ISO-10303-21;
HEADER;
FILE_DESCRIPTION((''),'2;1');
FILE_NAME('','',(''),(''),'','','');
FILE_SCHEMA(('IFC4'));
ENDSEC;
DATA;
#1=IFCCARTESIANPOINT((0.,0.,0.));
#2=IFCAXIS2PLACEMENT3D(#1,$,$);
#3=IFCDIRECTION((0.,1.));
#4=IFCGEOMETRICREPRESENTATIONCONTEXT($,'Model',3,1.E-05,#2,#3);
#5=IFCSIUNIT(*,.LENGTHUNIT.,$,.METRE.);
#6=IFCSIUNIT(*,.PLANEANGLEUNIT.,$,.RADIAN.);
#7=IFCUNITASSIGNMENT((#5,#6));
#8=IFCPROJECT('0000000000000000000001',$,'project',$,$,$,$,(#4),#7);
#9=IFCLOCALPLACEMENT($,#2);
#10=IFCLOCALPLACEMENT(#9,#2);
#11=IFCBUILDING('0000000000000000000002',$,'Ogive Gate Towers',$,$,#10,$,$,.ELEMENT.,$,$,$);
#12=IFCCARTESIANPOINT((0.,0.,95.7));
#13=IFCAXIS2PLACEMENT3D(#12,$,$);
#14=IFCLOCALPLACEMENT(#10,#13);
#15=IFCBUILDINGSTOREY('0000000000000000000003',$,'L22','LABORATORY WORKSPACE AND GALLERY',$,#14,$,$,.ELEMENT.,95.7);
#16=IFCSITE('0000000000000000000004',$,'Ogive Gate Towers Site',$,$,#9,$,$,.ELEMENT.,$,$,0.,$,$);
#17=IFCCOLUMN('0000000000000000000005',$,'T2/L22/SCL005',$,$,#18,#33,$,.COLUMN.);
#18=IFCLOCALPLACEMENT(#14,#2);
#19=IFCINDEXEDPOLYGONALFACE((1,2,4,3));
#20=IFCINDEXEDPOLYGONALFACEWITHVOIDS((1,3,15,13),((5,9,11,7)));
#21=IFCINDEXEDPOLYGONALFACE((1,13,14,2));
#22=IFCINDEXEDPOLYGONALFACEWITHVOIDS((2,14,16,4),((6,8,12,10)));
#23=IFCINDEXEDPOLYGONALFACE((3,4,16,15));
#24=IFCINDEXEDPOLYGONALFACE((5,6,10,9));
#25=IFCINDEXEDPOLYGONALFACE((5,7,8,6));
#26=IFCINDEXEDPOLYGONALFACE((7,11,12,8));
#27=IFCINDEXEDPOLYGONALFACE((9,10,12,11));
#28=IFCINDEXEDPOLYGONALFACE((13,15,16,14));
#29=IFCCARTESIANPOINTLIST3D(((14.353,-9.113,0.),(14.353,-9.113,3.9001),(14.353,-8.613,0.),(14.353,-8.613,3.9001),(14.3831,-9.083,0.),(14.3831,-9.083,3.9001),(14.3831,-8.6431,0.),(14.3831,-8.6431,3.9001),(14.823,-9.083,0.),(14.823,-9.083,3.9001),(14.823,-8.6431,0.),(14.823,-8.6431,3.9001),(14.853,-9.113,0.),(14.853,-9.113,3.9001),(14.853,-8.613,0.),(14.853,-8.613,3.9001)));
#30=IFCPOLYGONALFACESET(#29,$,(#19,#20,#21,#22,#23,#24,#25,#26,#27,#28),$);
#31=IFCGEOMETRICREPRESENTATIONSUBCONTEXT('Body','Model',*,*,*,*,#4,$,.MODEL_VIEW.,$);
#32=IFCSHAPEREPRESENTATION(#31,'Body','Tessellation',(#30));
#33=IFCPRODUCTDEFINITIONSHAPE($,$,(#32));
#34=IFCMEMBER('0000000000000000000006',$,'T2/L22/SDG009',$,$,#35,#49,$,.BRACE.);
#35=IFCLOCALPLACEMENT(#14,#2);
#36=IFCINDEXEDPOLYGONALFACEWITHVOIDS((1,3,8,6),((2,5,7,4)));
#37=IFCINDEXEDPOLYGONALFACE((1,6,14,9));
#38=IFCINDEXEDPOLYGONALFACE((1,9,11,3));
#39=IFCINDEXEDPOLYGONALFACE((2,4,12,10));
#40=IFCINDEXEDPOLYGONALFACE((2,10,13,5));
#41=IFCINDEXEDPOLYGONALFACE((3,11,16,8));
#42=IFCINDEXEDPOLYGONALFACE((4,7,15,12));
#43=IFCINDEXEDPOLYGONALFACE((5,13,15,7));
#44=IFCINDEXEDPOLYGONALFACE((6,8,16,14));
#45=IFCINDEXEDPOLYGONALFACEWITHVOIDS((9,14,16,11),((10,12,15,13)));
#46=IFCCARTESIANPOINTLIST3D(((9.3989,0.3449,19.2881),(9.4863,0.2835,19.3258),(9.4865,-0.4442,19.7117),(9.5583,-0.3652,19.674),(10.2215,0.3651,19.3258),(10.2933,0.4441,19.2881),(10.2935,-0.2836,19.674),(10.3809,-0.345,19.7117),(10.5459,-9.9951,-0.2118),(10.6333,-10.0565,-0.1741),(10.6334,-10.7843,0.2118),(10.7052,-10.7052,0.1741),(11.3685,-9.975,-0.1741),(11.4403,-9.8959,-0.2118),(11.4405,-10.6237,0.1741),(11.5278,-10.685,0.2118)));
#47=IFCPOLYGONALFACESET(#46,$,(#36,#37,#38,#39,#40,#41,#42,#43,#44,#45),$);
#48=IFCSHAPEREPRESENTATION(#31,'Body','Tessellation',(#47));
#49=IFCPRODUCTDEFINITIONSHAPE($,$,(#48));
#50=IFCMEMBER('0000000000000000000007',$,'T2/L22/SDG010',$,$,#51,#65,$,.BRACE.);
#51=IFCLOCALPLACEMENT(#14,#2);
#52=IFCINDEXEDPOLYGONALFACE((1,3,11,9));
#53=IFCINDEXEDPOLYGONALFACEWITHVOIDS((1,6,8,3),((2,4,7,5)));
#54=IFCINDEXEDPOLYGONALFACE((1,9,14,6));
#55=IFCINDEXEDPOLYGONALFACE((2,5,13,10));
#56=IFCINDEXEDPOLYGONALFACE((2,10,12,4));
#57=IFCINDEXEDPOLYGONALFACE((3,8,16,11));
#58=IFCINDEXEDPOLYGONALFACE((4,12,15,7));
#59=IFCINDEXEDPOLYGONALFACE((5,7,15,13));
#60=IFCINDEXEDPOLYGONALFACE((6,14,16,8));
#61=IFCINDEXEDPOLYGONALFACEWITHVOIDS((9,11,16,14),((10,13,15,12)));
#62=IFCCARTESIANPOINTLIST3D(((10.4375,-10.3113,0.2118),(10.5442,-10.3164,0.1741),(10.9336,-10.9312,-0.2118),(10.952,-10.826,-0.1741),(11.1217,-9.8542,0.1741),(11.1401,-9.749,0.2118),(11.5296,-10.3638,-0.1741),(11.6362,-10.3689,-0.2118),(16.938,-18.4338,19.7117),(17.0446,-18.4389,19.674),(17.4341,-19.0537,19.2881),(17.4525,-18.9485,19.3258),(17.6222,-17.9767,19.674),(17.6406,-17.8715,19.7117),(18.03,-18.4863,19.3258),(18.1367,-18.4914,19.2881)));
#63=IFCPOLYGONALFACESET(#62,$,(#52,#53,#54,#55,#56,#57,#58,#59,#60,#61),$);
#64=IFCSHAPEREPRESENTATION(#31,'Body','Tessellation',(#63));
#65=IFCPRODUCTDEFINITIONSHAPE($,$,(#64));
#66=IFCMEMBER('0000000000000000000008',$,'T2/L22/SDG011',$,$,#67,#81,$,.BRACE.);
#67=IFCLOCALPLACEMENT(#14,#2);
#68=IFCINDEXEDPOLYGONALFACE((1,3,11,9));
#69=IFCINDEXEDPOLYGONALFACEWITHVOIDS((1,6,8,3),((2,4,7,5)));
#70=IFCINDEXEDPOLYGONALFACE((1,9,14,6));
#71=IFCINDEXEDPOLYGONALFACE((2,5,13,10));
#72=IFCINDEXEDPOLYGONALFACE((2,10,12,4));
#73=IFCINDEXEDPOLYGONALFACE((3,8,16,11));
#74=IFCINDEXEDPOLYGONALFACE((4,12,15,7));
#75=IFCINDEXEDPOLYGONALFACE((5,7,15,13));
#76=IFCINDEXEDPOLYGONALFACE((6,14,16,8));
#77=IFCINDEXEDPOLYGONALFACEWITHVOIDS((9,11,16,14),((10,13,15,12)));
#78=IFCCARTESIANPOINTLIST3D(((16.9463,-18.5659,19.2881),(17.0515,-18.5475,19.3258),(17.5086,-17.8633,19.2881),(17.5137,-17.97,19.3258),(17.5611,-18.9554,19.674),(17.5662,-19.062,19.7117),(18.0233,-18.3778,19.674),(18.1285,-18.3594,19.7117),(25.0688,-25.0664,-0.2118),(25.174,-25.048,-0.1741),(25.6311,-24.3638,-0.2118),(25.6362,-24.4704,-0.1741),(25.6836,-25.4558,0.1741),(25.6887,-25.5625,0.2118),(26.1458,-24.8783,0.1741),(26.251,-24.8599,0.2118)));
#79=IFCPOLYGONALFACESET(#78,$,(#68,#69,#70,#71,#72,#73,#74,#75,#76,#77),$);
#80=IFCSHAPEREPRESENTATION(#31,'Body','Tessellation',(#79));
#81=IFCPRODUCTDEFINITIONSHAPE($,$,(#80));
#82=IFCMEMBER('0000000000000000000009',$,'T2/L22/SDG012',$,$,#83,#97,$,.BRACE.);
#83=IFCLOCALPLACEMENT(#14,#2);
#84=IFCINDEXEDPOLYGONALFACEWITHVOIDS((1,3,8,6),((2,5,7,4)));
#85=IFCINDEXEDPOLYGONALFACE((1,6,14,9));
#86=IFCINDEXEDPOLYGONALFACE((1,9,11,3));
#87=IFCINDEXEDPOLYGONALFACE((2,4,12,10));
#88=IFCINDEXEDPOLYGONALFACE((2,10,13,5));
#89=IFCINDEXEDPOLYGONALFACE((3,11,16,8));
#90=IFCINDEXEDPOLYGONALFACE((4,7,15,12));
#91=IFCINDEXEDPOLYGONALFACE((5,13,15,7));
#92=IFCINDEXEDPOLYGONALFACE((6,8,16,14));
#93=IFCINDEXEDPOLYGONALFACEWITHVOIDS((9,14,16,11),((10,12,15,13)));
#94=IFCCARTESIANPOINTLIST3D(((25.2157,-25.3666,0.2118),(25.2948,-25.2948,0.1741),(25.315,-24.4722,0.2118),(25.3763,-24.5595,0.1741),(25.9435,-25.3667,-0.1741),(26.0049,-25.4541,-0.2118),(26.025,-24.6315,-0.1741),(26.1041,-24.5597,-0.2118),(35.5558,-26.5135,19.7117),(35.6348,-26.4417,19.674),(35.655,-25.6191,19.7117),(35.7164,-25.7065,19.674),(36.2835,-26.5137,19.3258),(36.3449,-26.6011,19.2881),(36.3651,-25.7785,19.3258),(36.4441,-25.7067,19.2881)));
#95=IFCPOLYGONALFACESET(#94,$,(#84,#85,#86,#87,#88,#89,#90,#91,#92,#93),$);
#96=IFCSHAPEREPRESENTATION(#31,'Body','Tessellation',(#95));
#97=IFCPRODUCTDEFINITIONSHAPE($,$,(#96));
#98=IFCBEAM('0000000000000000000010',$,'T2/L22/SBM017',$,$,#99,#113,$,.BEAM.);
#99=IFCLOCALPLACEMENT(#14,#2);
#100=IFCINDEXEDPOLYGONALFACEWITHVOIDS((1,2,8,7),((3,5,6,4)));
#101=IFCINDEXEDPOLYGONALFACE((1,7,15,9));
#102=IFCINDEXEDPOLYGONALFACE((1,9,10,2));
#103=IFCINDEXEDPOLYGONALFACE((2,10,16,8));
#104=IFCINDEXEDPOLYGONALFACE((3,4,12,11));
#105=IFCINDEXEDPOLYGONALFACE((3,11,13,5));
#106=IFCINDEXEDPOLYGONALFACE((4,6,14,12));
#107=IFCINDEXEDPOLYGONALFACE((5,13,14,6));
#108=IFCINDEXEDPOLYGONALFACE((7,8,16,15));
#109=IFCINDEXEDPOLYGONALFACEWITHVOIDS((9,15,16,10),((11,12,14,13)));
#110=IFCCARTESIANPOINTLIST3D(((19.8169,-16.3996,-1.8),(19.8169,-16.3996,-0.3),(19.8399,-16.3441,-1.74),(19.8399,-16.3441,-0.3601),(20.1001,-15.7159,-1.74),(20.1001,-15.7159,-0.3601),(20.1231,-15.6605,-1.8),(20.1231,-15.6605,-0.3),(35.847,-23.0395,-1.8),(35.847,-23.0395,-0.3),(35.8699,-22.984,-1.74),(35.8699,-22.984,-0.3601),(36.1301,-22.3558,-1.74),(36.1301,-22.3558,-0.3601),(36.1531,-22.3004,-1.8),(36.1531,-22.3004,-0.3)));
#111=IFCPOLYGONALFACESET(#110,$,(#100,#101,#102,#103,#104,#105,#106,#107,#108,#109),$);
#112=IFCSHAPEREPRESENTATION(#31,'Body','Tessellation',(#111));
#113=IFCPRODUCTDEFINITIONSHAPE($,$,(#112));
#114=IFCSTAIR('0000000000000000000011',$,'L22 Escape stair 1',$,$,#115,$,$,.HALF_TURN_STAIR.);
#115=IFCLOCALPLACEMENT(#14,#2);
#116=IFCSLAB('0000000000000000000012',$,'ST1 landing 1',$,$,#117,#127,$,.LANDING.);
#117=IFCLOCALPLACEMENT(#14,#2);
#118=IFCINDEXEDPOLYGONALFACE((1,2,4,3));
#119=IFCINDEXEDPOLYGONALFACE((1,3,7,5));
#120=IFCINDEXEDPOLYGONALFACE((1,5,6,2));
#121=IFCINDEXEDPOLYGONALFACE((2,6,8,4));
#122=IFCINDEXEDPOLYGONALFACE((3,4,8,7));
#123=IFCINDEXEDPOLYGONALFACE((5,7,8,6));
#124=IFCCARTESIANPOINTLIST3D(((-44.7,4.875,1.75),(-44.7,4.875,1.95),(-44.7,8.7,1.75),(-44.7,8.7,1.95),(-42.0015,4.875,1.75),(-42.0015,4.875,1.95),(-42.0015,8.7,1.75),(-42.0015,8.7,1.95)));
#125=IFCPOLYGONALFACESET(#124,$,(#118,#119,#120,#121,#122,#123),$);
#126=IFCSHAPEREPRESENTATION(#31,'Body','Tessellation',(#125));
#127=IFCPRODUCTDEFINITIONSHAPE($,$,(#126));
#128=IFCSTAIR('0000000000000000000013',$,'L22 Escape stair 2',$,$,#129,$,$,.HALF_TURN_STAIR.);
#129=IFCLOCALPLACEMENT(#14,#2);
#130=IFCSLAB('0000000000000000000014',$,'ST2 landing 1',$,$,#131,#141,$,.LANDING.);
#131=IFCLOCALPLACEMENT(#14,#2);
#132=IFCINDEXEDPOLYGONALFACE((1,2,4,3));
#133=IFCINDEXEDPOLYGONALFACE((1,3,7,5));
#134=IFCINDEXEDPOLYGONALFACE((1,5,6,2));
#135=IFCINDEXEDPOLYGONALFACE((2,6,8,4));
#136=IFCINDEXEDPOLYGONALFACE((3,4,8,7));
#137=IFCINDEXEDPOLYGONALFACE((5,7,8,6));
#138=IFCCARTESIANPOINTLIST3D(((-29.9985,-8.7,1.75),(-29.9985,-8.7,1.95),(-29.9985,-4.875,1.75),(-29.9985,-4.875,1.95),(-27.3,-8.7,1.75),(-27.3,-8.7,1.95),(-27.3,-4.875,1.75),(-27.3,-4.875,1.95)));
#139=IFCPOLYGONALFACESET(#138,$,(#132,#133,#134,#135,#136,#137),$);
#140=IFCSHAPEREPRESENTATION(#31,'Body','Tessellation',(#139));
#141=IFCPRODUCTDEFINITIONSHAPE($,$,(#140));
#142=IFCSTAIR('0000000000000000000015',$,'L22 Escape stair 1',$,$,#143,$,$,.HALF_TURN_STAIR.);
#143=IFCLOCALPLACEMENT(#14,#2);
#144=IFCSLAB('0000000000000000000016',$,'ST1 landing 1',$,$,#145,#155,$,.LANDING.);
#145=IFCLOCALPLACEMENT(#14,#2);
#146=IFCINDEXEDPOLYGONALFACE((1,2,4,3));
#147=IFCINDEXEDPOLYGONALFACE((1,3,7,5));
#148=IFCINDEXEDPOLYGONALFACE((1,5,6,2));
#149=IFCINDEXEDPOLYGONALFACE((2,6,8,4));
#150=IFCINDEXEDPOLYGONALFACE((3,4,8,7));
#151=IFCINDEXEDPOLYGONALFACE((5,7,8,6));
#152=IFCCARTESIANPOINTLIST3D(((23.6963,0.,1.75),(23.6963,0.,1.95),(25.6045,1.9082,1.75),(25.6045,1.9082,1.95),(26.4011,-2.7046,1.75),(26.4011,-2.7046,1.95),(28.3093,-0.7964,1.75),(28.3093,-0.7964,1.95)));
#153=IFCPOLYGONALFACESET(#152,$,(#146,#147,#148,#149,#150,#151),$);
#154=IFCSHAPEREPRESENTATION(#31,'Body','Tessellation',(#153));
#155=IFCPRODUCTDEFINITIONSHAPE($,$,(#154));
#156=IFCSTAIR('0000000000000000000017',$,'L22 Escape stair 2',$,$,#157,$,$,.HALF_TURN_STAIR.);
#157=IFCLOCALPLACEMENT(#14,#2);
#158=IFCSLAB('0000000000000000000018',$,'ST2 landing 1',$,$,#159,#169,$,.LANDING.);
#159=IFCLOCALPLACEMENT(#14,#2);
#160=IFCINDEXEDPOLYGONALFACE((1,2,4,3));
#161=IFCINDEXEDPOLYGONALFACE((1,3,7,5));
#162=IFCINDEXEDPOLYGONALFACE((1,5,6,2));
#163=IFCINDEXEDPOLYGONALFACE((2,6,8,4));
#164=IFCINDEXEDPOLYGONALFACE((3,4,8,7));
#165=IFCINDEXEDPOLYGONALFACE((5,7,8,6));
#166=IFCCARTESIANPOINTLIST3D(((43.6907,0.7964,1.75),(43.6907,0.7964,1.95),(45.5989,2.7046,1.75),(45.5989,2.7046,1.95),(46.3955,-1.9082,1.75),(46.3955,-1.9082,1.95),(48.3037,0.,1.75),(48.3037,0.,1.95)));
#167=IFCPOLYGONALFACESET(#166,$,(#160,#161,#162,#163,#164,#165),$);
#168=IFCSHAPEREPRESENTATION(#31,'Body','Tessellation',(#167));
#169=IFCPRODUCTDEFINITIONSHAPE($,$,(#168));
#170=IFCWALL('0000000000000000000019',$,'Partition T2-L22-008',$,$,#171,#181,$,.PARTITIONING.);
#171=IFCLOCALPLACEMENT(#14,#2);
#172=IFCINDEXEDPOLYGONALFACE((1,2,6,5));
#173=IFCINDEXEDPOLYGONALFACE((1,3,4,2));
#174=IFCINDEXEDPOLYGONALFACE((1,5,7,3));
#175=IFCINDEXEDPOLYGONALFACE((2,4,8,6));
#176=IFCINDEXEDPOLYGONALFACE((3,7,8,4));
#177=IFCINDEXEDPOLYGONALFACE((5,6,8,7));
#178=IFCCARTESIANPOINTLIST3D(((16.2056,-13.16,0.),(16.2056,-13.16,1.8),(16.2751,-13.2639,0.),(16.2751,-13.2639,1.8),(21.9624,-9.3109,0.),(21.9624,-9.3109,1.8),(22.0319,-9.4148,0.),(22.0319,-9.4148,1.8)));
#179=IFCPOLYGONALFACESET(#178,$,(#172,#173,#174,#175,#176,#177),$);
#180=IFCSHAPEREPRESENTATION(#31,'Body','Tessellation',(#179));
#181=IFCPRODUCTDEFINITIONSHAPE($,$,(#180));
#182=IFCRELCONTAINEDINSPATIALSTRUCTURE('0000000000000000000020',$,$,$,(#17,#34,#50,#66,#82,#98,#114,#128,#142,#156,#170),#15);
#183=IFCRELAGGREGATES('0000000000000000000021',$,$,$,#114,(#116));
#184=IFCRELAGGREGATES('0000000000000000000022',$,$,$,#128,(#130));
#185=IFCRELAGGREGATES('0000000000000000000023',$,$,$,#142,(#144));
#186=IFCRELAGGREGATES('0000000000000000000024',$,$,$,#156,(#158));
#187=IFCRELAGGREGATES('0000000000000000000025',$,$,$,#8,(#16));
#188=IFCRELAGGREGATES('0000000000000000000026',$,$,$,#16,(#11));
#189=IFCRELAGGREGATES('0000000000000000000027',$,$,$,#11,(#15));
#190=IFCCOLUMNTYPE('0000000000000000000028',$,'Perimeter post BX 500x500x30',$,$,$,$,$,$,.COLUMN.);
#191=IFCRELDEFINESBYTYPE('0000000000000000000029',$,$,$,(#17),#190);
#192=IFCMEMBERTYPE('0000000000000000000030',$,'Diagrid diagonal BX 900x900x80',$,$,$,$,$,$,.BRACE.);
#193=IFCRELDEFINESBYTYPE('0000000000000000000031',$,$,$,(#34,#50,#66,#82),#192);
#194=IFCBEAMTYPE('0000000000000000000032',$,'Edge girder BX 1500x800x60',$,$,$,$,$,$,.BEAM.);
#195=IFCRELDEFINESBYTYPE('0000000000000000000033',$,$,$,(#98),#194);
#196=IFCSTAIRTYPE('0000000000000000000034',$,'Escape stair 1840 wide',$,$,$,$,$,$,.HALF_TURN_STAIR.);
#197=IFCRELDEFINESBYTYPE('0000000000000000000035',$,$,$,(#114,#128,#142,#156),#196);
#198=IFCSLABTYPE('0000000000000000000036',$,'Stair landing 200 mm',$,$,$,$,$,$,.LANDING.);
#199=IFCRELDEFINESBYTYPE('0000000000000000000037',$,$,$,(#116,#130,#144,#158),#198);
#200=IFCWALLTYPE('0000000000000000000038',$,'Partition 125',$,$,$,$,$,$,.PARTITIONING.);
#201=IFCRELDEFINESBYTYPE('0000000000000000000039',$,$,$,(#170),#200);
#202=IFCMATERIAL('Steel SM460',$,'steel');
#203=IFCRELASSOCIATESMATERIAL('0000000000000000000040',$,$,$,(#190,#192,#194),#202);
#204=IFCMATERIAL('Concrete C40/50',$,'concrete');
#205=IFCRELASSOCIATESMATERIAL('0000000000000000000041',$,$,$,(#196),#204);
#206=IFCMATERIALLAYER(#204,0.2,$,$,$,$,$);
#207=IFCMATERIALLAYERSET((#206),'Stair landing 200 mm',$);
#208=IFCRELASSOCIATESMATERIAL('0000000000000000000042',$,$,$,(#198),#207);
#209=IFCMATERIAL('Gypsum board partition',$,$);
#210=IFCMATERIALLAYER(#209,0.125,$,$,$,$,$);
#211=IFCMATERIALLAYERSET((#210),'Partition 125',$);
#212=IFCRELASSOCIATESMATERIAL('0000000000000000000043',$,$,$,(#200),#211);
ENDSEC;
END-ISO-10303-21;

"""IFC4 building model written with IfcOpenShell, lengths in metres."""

from ifc_helpers import new_model, si_unit, direction, frame, frame_2d, origin, origin_2d, place, context, subcontext, project, spatial, polyline, rectangle, hollow_rectangle, outline, extrude, material, layer, layer_set, material_profile, profile_set, type_object, element, aggregate, save


model = new_model("IFC4")

# Units and contexts
model_context = context("Model", 3, precision=1e-05, world=origin(), true_north=direction((0.0, 1.0)))
body_context = subcontext(model_context, "Body", "Model", "MODEL_VIEW")
ifc_project = project(units=[si_unit("LENGTHUNIT", "METRE"), si_unit("PLANEANGLEUNIT", "RADIAN")], contexts=[model_context])

# Site, building, storey
site_placement = place(None, origin())
site = spatial("IfcSite", under=ifc_project, at=site_placement, Name="Ogive Gate Towers Site", CompositionType="ELEMENT", RefElevation=0.0)
building_placement = place(site_placement, origin())
building = spatial("IfcBuilding", under=site, at=building_placement, Name="Ogive Gate Towers", CompositionType="ELEMENT")
storey_placement = place(building_placement, frame((0.0, 0.0, 95.7)))
storey = spatial("IfcBuildingStorey", under=building, at=storey_placement, Name="L22", Description="LABORATORY WORKSPACE AND GALLERY", CompositionType="ELEMENT", Elevation=95.7)

# Column
ifc_material_1 = material(Name="Steel SM460", Category="steel")
ifc_material_profile_1 = material_profile(ifc_material_1, hollow_rectangle(XDim=0.5, YDim=0.5, WallThickness=0.03, at=origin_2d()), Name="BX 500x500x30")
ifc_profile_set_1 = profile_set([ifc_material_profile_1], Name="Steel SM460")
column_type = type_object("IfcColumnType", Name="Perimeter post BX 500x500x30", PredefinedType="COLUMN", material=ifc_profile_set_1)
column_placement = place(storey_placement, frame((14.603, -8.863, 0.0), z_axis=(0.0, 0.0, 1.0), x_axis=(1.0, 0.0, 0.0)))
element("IfcColumn", 1, at=column_placement, inside=storey, type_object=column_type, Name="T2/L22/SCL005", PredefinedType="COLUMN", context=body_context, shape_type="SweptSolid", body=[
    extrude(hollow_rectangle(XDim=0.5, YDim=0.5, WallThickness=0.03, at=origin_2d()), origin(), (0.0, 0.0, 1.0), 3.9001),
])

# Members
ifc_material_profile_2 = material_profile(ifc_material_1, hollow_rectangle(XDim=0.8999, YDim=0.8999, WallThickness=0.0801, at=origin_2d()), Name="BX 900x900x80")
ifc_profile_set_2 = profile_set([ifc_material_profile_2], Name="Steel SM460")
member_type = type_object("IfcMemberType", Name="Diagrid diagonal BX 900x900x80", PredefinedType="BRACE", material=ifc_profile_set_2)
for number, where, z_axis, x_axis, name in (
    (2, (11.0369, -10.3401, 0.0), (-0.051895, 0.467842, 0.882287), (-0.993904, -0.110249, 0.0), "T2/L22/SDG009"),
    (3, (11.0369, -10.3401, 0.0), (0.294118, -0.367509, 0.882288), (0.780754, 0.624838, 0.0), "T2/L22/SDG010"),
    (4, (25.6599, -24.9631, 0.0), (-0.367509, 0.294118, 0.882288), (-0.624838, -0.780754, 0.0), "T2/L22/SDG011"),
    (5, (25.6599, -24.9631, 0.0), (0.467842, -0.051895, 0.882287), (0.110249, 0.993904, 0.0), "T2/L22/SDG012"),
):
    element("IfcMember", number, at=place(storey_placement, frame(where, z_axis=z_axis, x_axis=x_axis)), inside=storey, type_object=member_type, Name=name, PredefinedType="BRACE", context=body_context, shape_type="SweptSolid", body=[
        extrude(hollow_rectangle(XDim=0.8999, YDim=0.8999, WallThickness=0.0801, at=origin_2d()), origin(), (0.0, 0.0, 1.0), 22.1016),
    ])

# Beam
ifc_material_profile_3 = material_profile(ifc_material_1, hollow_rectangle(XDim=0.8, YDim=1.5, WallThickness=0.0601, at=origin_2d()), Name="BX 1500x800x60")
ifc_profile_set_3 = profile_set([ifc_material_profile_3], Name="Steel SM460")
beam_type = type_object("IfcBeamType", Name="Edge girder BX 1500x800x60", PredefinedType="BEAM", material=ifc_profile_set_3)
beam_placement = place(storey_placement, frame((19.97, -16.03, -1.05), z_axis=(0.923879, -0.382685, 0.0), x_axis=(0.382685, 0.923879, 0.0)))
element("IfcBeam", 6, at=beam_placement, inside=storey, type_object=beam_type, Name="T2/L22/SBM017", PredefinedType="BEAM", context=body_context, shape_type="SweptSolid", body=[
    extrude(hollow_rectangle(XDim=0.8, YDim=1.5, WallThickness=0.0601, at=origin_2d()), origin(), (0.0, 0.0, 1.0), 17.3508),
])

# Stairs, slabs
ifc_material_2 = material(Name="Concrete C40/50", Category="concrete")
stair_type = type_object("IfcStairType", Name="Escape stair 1840 wide", PredefinedType="HALF_TURN_STAIR", material=ifc_material_2)
stair_1_placement = place(storey_placement, origin())
stair_1 = element("IfcStair", 7, at=stair_1_placement, inside=storey, type_object=stair_type, Name="L22 Escape stair 1", PredefinedType="HALF_TURN_STAIR")
ifc_layer_1 = layer(ifc_material_2, 0.2)
ifc_layer_set_1 = layer_set([ifc_layer_1], Name="Stair landing 200 mm")
slab_type = type_object("IfcSlabType", Name="Stair landing 200 mm", PredefinedType="LANDING", material=ifc_layer_set_1)
slab_1_placement = place(storey_placement, frame((0.0, 0.0, 1.75)))
slab_1 = element("IfcSlab", 8, at=slab_1_placement, type_object=slab_type, Name="ST1 landing 1", PredefinedType="LANDING", context=body_context, shape_type="SweptSolid", body=[
    extrude(outline(polyline([(-42.0015, 8.7), (-44.7, 8.7), (-44.7, 4.875), (-42.0015, 4.875), (-42.0015, 8.7)])), origin(), (0.0, 0.0, 1.0), 0.2),
])
aggregate(stair_1, [slab_1])
stair_2_placement = place(storey_placement, origin())
stair_2 = element("IfcStair", 9, at=stair_2_placement, inside=storey, type_object=stair_type, Name="L22 Escape stair 2", PredefinedType="HALF_TURN_STAIR")
slab_2_placement = place(storey_placement, frame((0.0, 0.0, 1.75)))
slab_2 = element("IfcSlab", 10, at=slab_2_placement, type_object=slab_type, Name="ST2 landing 1", PredefinedType="LANDING", context=body_context, shape_type="SweptSolid", body=[
    extrude(outline(polyline([(-29.9985, -8.7), (-27.3, -8.7), (-27.3, -4.875), (-29.9985, -4.875), (-29.9985, -8.7)])), origin(), (0.0, 0.0, 1.0), 0.2),
])
aggregate(stair_2, [slab_2])
stair_3_placement = place(storey_placement, origin())
stair_3 = element("IfcStair", 11, at=stair_3_placement, inside=storey, type_object=stair_type, Name="L22 Escape stair 1", PredefinedType="HALF_TURN_STAIR")
slab_3_placement = place(storey_placement, frame((0.0, 0.0, 1.75)))
slab_3 = element("IfcSlab", 12, at=slab_3_placement, type_object=slab_type, Name="ST1 landing 1", PredefinedType="LANDING", context=body_context, shape_type="SweptSolid", body=[
    extrude(outline(polyline([(25.6045, 1.9082), (23.6963, 0.0), (26.4011, -2.7046), (28.3093, -0.7964), (25.6045, 1.9082)])), origin(), (0.0, 0.0, 1.0), 0.2),
])
aggregate(stair_3, [slab_3])
stair_4_placement = place(storey_placement, origin())
stair_4 = element("IfcStair", 13, at=stair_4_placement, inside=storey, type_object=stair_type, Name="L22 Escape stair 2", PredefinedType="HALF_TURN_STAIR")
slab_4_placement = place(storey_placement, frame((0.0, 0.0, 1.75)))
slab_4 = element("IfcSlab", 14, at=slab_4_placement, type_object=slab_type, Name="ST2 landing 1", PredefinedType="LANDING", context=body_context, shape_type="SweptSolid", body=[
    extrude(outline(polyline([(46.3955, -1.9082), (48.3037, 0.0), (45.5989, 2.7046), (43.6907, 0.7964), (46.3955, -1.9082)])), origin(), (0.0, 0.0, 1.0), 0.2),
])
aggregate(stair_4, [slab_4])

# Wall
ifc_material_3 = material(Name="Gypsum board partition")
ifc_layer_2 = layer(ifc_material_3, 0.125)
ifc_layer_set_2 = layer_set([ifc_layer_2], Name="Partition 125")
wall_type_1 = type_object("IfcWallType", Name="Partition 125", PredefinedType="PARTITIONING", material=ifc_layer_set_2)
wall_1_placement = place(storey_placement, frame((16.2405, -13.2119, 0.0), z_axis=(0.0, 0.0, 1.0), x_axis=(0.831301, 0.555822, 0.0)))
element("IfcWall", 15, at=wall_1_placement, inside=storey, type_object=wall_type_1, Name="Partition T2-L22-008", PredefinedType="PARTITIONING", context=body_context, shape_type="SweptSolid", body=[
    extrude(rectangle(XDim=6.925, YDim=0.125, at=frame_2d((3.4624, 0.0))), origin(), (0.0, 0.0, 1.0), 1.8),
])

save(model, "model.ifc")
